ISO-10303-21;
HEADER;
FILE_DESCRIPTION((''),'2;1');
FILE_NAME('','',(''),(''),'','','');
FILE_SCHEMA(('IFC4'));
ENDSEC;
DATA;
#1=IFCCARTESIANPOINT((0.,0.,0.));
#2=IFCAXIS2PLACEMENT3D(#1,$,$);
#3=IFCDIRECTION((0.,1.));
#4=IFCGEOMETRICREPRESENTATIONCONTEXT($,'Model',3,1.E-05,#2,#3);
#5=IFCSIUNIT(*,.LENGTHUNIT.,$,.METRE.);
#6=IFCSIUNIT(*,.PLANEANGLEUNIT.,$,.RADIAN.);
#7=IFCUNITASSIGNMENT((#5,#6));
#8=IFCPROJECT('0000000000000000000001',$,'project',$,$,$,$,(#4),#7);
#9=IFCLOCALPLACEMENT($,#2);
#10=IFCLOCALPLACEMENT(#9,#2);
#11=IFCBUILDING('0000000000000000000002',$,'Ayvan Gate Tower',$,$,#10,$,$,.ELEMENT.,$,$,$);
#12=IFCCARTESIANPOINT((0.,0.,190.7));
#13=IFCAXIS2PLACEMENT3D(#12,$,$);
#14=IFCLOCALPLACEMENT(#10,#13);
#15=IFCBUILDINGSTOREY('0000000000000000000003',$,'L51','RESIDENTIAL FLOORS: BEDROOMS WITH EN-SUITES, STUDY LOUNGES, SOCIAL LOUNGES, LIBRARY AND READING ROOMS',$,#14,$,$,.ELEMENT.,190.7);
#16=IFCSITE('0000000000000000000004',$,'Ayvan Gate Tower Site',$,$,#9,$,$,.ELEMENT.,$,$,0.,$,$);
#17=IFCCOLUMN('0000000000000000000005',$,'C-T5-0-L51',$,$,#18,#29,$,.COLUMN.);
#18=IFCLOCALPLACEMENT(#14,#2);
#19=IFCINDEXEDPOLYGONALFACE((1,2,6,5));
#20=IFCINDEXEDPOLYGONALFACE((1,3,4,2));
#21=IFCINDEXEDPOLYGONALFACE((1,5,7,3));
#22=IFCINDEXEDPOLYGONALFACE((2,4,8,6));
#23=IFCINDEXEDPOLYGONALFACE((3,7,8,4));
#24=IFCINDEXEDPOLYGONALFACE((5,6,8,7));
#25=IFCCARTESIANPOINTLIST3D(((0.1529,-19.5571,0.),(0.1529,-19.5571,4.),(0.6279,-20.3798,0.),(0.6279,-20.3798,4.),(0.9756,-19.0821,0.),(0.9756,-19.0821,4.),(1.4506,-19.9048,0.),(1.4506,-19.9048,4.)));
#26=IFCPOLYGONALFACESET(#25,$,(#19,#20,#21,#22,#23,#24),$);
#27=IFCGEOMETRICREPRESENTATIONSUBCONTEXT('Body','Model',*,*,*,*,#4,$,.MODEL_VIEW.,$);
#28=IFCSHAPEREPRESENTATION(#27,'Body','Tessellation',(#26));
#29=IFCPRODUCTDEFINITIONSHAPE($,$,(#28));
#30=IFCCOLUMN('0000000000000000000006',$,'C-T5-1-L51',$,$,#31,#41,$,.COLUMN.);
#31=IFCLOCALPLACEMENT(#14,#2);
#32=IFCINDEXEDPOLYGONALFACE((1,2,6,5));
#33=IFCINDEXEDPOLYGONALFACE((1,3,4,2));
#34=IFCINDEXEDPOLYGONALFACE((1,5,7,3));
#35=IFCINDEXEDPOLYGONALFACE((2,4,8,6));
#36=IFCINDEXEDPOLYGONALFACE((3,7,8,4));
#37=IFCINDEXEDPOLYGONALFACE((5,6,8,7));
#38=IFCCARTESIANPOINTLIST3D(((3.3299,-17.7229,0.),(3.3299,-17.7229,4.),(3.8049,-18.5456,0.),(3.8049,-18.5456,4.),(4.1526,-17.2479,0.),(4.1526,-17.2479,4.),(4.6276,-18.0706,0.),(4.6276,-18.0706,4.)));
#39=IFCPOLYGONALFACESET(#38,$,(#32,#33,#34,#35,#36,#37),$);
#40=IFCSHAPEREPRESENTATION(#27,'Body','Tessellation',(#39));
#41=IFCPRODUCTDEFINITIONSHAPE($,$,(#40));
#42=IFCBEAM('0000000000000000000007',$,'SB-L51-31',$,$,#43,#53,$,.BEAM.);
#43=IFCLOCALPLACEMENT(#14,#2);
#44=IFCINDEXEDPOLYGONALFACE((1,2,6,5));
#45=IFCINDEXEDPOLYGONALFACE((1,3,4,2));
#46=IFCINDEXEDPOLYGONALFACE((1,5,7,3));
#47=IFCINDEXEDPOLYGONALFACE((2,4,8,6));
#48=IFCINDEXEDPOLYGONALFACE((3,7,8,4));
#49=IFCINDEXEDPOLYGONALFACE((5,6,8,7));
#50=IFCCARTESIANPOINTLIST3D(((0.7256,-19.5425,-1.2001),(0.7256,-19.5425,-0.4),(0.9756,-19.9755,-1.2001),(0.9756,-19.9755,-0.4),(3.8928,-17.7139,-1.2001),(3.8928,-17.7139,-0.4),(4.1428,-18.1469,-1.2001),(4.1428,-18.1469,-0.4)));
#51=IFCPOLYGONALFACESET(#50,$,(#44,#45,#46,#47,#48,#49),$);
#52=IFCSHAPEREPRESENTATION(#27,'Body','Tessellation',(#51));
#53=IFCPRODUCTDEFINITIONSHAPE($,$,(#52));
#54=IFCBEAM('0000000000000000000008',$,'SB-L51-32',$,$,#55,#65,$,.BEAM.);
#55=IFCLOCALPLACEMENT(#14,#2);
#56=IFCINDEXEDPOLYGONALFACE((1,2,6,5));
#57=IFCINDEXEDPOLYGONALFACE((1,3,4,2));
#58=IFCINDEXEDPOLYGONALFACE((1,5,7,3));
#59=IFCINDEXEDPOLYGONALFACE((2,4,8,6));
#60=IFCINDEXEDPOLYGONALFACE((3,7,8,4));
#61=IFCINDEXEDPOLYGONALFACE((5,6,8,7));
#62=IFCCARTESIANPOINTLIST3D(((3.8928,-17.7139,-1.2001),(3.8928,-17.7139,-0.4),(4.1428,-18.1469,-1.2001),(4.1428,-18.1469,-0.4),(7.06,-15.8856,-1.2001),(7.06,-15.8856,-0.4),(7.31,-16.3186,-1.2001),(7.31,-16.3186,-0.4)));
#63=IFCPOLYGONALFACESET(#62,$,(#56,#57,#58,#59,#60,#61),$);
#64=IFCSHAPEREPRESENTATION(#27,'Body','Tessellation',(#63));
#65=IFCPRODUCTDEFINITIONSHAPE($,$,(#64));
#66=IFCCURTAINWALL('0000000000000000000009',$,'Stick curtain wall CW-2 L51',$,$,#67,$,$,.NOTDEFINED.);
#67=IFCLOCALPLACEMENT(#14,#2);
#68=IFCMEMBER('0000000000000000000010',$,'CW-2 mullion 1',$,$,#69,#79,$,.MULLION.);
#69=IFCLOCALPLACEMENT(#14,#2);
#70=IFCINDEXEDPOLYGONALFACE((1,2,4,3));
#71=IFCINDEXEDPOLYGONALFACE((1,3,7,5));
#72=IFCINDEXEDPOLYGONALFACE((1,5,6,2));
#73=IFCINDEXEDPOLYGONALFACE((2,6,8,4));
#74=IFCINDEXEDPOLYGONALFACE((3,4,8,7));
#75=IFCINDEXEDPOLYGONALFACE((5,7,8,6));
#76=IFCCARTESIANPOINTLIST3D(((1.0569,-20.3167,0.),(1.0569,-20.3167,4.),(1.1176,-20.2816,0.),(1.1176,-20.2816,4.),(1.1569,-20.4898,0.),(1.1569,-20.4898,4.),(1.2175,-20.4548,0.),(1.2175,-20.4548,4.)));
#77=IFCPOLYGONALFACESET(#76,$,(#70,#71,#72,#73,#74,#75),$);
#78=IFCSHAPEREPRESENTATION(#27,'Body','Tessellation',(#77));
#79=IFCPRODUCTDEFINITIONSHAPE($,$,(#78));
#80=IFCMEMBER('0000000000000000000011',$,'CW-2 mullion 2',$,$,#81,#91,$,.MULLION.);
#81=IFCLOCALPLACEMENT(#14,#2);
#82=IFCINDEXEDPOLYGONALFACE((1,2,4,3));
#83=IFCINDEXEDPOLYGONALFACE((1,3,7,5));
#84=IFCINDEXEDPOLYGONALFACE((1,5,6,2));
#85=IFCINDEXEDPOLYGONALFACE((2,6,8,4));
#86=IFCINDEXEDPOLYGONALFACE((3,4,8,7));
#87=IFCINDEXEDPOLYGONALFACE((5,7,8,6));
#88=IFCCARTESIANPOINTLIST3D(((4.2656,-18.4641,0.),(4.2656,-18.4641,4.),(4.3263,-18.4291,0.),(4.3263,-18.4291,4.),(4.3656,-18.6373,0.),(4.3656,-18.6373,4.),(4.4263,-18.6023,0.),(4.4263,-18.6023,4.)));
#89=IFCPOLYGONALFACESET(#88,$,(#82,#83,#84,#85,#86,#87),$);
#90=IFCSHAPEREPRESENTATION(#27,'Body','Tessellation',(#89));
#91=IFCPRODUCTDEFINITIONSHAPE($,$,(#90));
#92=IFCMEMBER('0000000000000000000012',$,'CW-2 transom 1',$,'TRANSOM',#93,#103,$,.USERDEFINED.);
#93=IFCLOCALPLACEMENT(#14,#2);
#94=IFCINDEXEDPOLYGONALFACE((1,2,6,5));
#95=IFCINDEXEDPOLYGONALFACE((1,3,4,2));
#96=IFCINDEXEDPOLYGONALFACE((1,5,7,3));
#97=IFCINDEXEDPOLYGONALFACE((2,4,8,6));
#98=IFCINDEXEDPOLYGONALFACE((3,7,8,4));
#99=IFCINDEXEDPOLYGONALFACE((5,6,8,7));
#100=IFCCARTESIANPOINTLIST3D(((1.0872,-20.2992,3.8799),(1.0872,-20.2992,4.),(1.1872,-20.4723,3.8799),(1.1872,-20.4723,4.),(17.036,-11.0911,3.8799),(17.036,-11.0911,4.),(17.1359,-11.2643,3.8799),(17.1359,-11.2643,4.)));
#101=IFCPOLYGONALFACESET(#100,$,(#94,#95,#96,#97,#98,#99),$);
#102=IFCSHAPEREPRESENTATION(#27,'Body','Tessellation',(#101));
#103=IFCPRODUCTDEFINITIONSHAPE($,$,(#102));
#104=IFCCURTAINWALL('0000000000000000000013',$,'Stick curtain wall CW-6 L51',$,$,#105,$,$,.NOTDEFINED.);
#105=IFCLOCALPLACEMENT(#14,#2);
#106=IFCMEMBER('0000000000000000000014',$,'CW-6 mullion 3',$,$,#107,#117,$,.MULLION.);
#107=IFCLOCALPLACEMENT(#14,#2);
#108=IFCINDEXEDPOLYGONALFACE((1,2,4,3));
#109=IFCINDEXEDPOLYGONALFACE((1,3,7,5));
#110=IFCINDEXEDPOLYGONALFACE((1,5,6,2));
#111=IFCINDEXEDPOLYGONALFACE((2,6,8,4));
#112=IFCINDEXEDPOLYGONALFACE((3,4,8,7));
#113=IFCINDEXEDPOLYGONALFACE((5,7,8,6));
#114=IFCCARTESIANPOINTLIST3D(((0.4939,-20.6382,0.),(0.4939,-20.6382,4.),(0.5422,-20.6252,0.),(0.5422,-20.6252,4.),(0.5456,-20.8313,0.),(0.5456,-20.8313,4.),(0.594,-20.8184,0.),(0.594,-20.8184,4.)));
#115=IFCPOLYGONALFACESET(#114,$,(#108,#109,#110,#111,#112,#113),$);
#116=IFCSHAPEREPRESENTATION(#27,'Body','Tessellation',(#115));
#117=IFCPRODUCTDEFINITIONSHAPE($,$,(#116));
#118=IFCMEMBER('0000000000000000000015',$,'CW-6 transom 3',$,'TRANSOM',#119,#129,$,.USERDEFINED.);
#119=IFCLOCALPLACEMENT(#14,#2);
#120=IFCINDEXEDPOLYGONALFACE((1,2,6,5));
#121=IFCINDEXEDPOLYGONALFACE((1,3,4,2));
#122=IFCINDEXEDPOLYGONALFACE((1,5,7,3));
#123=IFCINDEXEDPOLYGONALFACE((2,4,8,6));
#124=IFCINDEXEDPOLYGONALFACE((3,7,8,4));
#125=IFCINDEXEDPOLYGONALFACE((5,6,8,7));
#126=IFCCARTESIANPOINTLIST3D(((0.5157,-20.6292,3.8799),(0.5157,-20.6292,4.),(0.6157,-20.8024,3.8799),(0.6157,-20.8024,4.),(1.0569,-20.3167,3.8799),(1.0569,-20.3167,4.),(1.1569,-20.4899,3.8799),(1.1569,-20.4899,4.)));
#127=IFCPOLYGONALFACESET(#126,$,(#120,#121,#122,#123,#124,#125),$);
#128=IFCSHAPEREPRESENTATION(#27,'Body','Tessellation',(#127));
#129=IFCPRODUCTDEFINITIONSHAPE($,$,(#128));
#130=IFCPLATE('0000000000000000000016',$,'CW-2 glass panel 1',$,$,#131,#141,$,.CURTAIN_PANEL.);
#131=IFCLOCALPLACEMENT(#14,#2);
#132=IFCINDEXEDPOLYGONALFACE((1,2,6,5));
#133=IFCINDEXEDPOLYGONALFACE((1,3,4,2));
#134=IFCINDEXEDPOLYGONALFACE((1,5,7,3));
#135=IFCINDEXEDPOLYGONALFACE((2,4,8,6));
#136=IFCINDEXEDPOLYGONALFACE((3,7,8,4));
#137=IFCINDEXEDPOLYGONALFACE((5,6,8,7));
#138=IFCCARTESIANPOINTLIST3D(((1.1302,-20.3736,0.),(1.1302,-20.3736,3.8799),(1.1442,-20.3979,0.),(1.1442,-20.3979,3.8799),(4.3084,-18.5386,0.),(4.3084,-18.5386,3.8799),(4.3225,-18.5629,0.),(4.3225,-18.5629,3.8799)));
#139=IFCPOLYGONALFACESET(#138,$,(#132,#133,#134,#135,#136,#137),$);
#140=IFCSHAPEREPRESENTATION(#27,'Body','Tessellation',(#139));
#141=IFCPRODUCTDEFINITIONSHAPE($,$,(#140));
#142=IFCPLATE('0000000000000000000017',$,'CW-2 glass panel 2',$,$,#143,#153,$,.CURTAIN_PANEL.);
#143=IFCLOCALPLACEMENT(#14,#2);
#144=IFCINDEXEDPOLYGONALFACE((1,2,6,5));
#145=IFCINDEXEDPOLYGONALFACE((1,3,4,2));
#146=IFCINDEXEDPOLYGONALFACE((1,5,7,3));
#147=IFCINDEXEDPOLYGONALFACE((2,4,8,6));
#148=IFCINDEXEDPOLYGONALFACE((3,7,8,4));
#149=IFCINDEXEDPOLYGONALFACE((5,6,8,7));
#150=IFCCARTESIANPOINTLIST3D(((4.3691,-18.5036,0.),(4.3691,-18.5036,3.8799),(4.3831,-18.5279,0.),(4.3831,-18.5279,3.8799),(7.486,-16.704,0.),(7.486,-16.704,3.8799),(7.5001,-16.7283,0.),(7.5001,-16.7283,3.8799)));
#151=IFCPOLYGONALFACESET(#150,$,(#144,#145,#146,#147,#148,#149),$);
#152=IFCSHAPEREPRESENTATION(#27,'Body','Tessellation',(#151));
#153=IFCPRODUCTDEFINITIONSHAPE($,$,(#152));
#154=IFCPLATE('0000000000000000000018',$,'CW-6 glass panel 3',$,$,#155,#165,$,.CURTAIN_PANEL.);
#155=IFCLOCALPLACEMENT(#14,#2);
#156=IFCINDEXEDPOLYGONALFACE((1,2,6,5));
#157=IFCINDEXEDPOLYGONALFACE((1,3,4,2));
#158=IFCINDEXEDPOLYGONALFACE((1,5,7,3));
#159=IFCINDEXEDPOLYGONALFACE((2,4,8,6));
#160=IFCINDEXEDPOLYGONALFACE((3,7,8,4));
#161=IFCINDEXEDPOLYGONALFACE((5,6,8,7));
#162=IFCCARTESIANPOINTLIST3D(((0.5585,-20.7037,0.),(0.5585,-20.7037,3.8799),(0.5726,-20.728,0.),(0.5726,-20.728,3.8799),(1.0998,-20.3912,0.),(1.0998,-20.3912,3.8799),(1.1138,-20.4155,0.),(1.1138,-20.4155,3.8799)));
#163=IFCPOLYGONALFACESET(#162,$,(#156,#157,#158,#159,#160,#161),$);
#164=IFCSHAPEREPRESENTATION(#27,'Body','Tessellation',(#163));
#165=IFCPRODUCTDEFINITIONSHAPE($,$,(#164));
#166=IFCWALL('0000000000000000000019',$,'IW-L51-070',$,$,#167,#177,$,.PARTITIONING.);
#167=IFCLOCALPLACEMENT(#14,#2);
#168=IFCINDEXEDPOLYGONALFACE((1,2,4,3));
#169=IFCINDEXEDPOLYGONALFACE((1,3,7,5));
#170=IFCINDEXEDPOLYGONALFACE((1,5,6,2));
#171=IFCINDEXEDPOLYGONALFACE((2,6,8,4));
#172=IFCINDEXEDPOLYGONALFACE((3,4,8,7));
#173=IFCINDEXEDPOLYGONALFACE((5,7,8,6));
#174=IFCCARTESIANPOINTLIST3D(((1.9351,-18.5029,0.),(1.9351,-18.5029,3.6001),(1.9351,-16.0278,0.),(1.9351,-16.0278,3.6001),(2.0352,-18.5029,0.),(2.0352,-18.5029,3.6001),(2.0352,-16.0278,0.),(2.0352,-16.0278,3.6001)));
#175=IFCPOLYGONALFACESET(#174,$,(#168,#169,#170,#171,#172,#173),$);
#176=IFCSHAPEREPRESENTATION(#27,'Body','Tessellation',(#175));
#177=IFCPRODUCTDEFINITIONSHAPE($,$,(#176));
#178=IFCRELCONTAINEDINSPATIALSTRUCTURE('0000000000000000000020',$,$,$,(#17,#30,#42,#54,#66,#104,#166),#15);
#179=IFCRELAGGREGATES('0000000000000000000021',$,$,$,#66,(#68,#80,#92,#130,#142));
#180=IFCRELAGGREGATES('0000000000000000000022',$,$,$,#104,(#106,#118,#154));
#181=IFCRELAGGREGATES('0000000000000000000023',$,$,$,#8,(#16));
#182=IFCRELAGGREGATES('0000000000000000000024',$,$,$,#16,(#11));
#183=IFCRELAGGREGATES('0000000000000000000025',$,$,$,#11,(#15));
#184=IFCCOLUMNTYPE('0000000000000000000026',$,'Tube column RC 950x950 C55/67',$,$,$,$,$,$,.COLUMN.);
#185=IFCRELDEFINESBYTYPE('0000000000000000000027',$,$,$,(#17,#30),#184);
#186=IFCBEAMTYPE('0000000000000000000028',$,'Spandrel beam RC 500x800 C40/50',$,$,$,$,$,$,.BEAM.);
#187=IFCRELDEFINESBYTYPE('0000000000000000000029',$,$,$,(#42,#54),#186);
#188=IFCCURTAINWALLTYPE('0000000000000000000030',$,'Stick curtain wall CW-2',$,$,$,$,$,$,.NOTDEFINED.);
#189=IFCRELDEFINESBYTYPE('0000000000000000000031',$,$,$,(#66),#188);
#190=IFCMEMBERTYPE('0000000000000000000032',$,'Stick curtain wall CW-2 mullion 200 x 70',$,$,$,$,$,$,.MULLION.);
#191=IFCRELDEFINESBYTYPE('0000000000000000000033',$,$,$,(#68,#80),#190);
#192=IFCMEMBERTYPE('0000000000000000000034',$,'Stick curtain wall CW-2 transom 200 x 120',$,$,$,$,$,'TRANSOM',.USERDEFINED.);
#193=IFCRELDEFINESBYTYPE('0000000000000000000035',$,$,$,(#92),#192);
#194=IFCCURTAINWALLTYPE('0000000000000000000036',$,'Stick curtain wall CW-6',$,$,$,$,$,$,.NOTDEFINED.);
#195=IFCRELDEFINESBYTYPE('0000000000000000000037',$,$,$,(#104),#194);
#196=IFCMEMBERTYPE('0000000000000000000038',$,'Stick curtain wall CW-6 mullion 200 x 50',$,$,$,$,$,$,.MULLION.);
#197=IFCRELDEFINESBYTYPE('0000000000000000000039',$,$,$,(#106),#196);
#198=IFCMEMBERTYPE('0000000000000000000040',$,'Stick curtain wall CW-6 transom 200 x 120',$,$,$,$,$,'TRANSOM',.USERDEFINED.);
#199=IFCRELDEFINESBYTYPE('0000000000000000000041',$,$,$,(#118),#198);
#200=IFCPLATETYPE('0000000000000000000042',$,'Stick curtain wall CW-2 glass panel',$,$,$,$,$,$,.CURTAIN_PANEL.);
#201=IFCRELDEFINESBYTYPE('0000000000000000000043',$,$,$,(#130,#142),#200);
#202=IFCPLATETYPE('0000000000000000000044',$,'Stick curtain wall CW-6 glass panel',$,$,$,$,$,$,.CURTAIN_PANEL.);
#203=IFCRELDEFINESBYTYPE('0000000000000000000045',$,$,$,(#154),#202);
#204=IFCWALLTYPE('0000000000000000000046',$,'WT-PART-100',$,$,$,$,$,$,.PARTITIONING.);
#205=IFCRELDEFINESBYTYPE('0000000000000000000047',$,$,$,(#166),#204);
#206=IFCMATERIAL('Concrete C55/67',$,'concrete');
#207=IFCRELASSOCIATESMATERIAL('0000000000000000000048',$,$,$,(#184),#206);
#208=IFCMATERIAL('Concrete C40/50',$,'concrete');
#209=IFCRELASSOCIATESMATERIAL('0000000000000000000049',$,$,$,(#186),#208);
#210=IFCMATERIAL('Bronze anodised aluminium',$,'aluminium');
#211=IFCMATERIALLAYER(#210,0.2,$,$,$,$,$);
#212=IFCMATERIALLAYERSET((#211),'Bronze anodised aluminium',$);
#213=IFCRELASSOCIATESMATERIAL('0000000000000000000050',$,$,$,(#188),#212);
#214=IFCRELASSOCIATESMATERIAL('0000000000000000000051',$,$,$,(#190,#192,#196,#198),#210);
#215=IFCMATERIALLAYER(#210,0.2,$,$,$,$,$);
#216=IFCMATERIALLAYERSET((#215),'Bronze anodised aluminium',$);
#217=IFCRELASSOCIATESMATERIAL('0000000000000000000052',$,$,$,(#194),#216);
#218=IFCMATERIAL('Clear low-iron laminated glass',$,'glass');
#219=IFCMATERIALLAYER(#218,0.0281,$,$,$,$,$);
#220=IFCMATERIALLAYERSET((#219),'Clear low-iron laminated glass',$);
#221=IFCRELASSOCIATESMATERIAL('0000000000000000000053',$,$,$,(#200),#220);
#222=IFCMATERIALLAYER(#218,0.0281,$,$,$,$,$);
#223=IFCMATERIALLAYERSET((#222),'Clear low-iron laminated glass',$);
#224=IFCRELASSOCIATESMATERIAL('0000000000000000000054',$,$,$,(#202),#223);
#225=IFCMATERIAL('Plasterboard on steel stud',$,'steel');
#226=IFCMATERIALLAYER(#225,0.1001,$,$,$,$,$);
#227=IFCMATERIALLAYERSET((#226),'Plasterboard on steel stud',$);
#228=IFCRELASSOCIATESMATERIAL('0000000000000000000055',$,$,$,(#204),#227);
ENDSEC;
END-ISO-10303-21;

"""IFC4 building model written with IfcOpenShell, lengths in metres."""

from ifc_helpers import new_model, si_unit, direction, frame, frame_2d, origin, origin_2d, place, context, subcontext, project, spatial, rectangle, extrude, material, layer, layer_set, material_profile, profile_set, type_object, element, aggregate, save


model = new_model("IFC4")

# Units and contexts
model_context = context("Model", 3, precision=1e-05, world=origin(), true_north=direction((0.0, 1.0)))
body_context = subcontext(model_context, "Body", "Model", "MODEL_VIEW")
ifc_project = project(units=[si_unit("LENGTHUNIT", "METRE"), si_unit("PLANEANGLEUNIT", "RADIAN")], contexts=[model_context])

# Site, building, storey
site_placement = place(None, origin())
site = spatial("IfcSite", under=ifc_project, at=site_placement, Name="Ayvan Gate Tower Site", CompositionType="ELEMENT", RefElevation=0.0)
building_placement = place(site_placement, origin())
building = spatial("IfcBuilding", under=site, at=building_placement, Name="Ayvan Gate Tower", CompositionType="ELEMENT")
storey_placement = place(building_placement, frame((0.0, 0.0, 190.7)))
storey = spatial("IfcBuildingStorey", under=building, at=storey_placement, Name="L51", Description="RESIDENTIAL FLOORS: BEDROOMS WITH EN-SUITES, STUDY LOUNGES, SOCIAL LOUNGES, LIBRARY AND READING ROOMS", CompositionType="ELEMENT", Elevation=190.7)

# Columns
ifc_material_1 = material(Name="Concrete C55/67", Category="concrete")
ifc_material_profile_1 = material_profile(ifc_material_1, rectangle(XDim=0.95, YDim=0.95, at=origin_2d()), Name="RC 950x950")
ifc_profile_set_1 = profile_set([ifc_material_profile_1], Name="Concrete C55/67")
column_type = type_object("IfcColumnType", Name="Tube column RC 950x950 C55/67", PredefinedType="COLUMN", material=ifc_profile_set_1)
for number, where, z_axis, x_axis, name in (
    (1, (0.8018, -19.731, 0.0), (0.0, 0.0, 1.0), (0.5, -0.866025, 0.0), "C-T5-0-L51"),
    (2, (3.9788, -17.8967, 0.0), (0.0, 0.0, 1.0), (0.5, -0.866025, 0.0), "C-T5-1-L51"),
):
    element("IfcColumn", number, at=place(storey_placement, frame(where, z_axis=z_axis, x_axis=x_axis)), inside=storey, type_object=column_type, Name=name, PredefinedType="COLUMN", context=body_context, shape_type="SweptSolid", body=[
        extrude(rectangle(XDim=0.95, YDim=0.95, at=origin_2d()), origin(), (0.0, 0.0, 1.0), 4.0),
    ])

# Beams
ifc_material_2 = material(Name="Concrete C40/50", Category="concrete")
ifc_material_profile_2 = material_profile(ifc_material_2, rectangle(XDim=0.5, YDim=0.8, at=origin_2d()), Name="RC 500x800")
ifc_profile_set_2 = profile_set([ifc_material_profile_2], Name="Concrete C40/50")
beam_type = type_object("IfcBeamType", Name="Spandrel beam RC 500x800 C40/50", PredefinedType="BEAM", material=ifc_profile_set_2)
beam_1_placement = place(storey_placement, frame((0.8506, -19.759, -0.8), z_axis=(0.866024, 0.500002, 0.0), x_axis=(-0.500002, 0.866024, 0.0)))
element("IfcBeam", 3, at=beam_1_placement, inside=storey, type_object=beam_type, Name="SB-L51-31", PredefinedType="BEAM", context=body_context, shape_type="SweptSolid", body=[
    extrude(rectangle(XDim=0.5, YDim=0.8, at=origin_2d()), origin(), (0.0, 0.0, 1.0), 3.6572),
])
beam_2_placement = place(storey_placement, frame((4.0178, -17.9304, -0.8), z_axis=(0.866053, 0.499952, 0.0), x_axis=(-0.499952, 0.866053, 0.0)))
element("IfcBeam", 4, at=beam_2_placement, inside=storey, type_object=beam_type, Name="SB-L51-32", PredefinedType="BEAM", context=body_context, shape_type="SweptSolid", body=[
    extrude(rectangle(XDim=0.5, YDim=0.8, at=origin_2d()), origin(), (0.0, 0.0, 1.0), 3.657),
])

# Curtain walls, members
ifc_material_3 = material(Name="Bronze anodised aluminium", Category="aluminium")
ifc_layer_1 = layer(ifc_material_3, 0.2)
ifc_layer_set_1 = layer_set([ifc_layer_1], Name="Bronze anodised aluminium")
curtain_wall_type_1 = type_object("IfcCurtainWallType", Name="Stick curtain wall CW-2", PredefinedType="NOTDEFINED", material=ifc_layer_set_1)
curtain_wall_1_placement = place(storey_placement, origin())
curtain_wall_1 = element("IfcCurtainWall", 5, at=curtain_wall_1_placement, inside=storey, type_object=curtain_wall_type_1, Name="Stick curtain wall CW-2 L51", PredefinedType="NOTDEFINED")
ifc_material_profile_3 = material_profile(ifc_material_3, rectangle(XDim=0.2, YDim=0.0701, at=origin_2d()), Name="Stick curtain wall CW-2 mullion 200 x 70")
ifc_profile_set_3 = profile_set([ifc_material_profile_3], Name="Bronze anodised aluminium")
member_type_1 = type_object("IfcMemberType", Name="Stick curtain wall CW-2 mullion 200 x 70", PredefinedType="MULLION", material=ifc_profile_set_3)
member_1_placement = place(storey_placement, frame((1.1372, -20.3857, 0.0), z_axis=(0.0, 0.0, 1.0), x_axis=(0.5, -0.866025, 0.0)))
member_1 = element("IfcMember", 6, at=member_1_placement, type_object=member_type_1, Name="CW-2 mullion 1", PredefinedType="MULLION", context=body_context, shape_type="SweptSolid", body=[
    extrude(rectangle(XDim=0.2, YDim=0.0701, at=origin_2d()), origin(), (0.0, 0.0, 1.0), 4.0),
])
member_2_placement = place(storey_placement, frame((4.3459, -18.5332, 0.0), z_axis=(0.0, 0.0, 1.0), x_axis=(0.5, -0.866025, 0.0)))
member_2 = element("IfcMember", 7, at=member_2_placement, type_object=member_type_1, Name="CW-2 mullion 2", PredefinedType="MULLION", context=body_context, shape_type="SweptSolid", body=[
    extrude(rectangle(XDim=0.2, YDim=0.0701, at=origin_2d()), origin(), (0.0, 0.0, 1.0), 4.0),
])
ifc_material_profile_4 = material_profile(ifc_material_3, rectangle(XDim=0.2, YDim=0.1201, at=origin_2d()), Name="Stick curtain wall CW-2 transom 200 x 120")
ifc_profile_set_4 = profile_set([ifc_material_profile_4], Name="Bronze anodised aluminium")
member_type_2 = type_object("IfcMemberType", Name="Stick curtain wall CW-2 transom 200 x 120", ElementType="TRANSOM", PredefinedType="USERDEFINED", material=ifc_profile_set_4)
member_3_placement = place(storey_placement, frame((1.1372, -20.3857, 3.9399), z_axis=(0.866025, 0.5, 0.0), x_axis=(-0.5, 0.866025, 0.0)))
member_3 = element("IfcMember", 8, at=member_3_placement, type_object=member_type_2, Name="CW-2 transom 1", ObjectType="TRANSOM", PredefinedType="USERDEFINED", context=body_context, shape_type="SweptSolid", body=[
    extrude(rectangle(XDim=0.2, YDim=0.1201, at=origin_2d()), origin(), (0.0, 0.0, 1.0), 18.416),
])
ifc_layer_2 = layer(ifc_material_3, 0.2)
ifc_layer_set_2 = layer_set([ifc_layer_2], Name="Bronze anodised aluminium")
curtain_wall_type_2 = type_object("IfcCurtainWallType", Name="Stick curtain wall CW-6", PredefinedType="NOTDEFINED", material=ifc_layer_set_2)
curtain_wall_2_placement = place(storey_placement, origin())
curtain_wall_2 = element("IfcCurtainWall", 9, at=curtain_wall_2_placement, inside=storey, type_object=curtain_wall_type_2, Name="Stick curtain wall CW-6 L51", PredefinedType="NOTDEFINED")
ifc_material_profile_5 = material_profile(ifc_material_3, rectangle(XDim=0.2, YDim=0.05, at=origin_2d()), Name="Stick curtain wall CW-6 mullion 200 x 50")
ifc_profile_set_5 = profile_set([ifc_material_profile_5], Name="Bronze anodised aluminium")
member_type_3 = type_object("IfcMemberType", Name="Stick curtain wall CW-6 mullion 200 x 50", PredefinedType="MULLION", material=ifc_profile_set_5)
member_4_placement = place(storey_placement, frame((0.5439, -20.7283, 0.0), z_axis=(0.0, 0.0, 1.0), x_axis=(0.258819, -0.965926, 0.0)))
member_4 = element("IfcMember", 10, at=member_4_placement, type_object=member_type_3, Name="CW-6 mullion 3", PredefinedType="MULLION", context=body_context, shape_type="SweptSolid", body=[
    extrude(rectangle(XDim=0.2, YDim=0.05, at=origin_2d()), origin(), (0.0, 0.0, 1.0), 4.0),
])
ifc_material_profile_6 = material_profile(ifc_material_3, rectangle(XDim=0.2, YDim=0.1201, at=origin_2d()), Name="Stick curtain wall CW-6 transom 200 x 120")
ifc_profile_set_6 = profile_set([ifc_material_profile_6], Name="Bronze anodised aluminium")
member_type_4 = type_object("IfcMemberType", Name="Stick curtain wall CW-6 transom 200 x 120", ElementType="TRANSOM", PredefinedType="USERDEFINED", material=ifc_profile_set_6)
member_5_placement = place(storey_placement, frame((0.5657, -20.7158, 3.9399), z_axis=(0.866023, 0.500004, 0.0), x_axis=(-0.500004, 0.866023, 0.0)))
member_5 = element("IfcMember", 11, at=member_5_placement, type_object=member_type_4, Name="CW-6 transom 3", ObjectType="TRANSOM", PredefinedType="USERDEFINED", context=body_context, shape_type="SweptSolid", body=[
    extrude(rectangle(XDim=0.2, YDim=0.1201, at=origin_2d()), origin(), (0.0, 0.0, 1.0), 0.625),
])

# Plates
ifc_material_4 = material(Name="Clear low-iron laminated glass", Category="glass")
ifc_layer_3 = layer(ifc_material_4, 0.0281)
ifc_layer_set_3 = layer_set([ifc_layer_3], Name="Clear low-iron laminated glass")
plate_type_1 = type_object("IfcPlateType", Name="Stick curtain wall CW-2 glass panel", PredefinedType="CURTAIN_PANEL", material=ifc_layer_set_3)
plate_1_placement = place(storey_placement, frame((2.7263, -19.4683, 0.0), z_axis=(0.0, 0.0, 1.0), x_axis=(0.866025, 0.5, 0.0)))
plate_1 = element("IfcPlate", 12, at=plate_1_placement, type_object=plate_type_1, Name="CW-2 glass panel 1", PredefinedType="CURTAIN_PANEL", context=body_context, shape_type="SweptSolid", body=[
    extrude(rectangle(XDim=3.6699, YDim=0.0281, at=origin_2d()), origin(), (0.0, 0.0, 1.0), 3.8799),
])
plate_2_placement = place(storey_placement, frame((5.9346, -17.616, 0.0), z_axis=(0.0, 0.0, 1.0), x_axis=(0.866025, 0.5, 0.0)))
plate_2 = element("IfcPlate", 13, at=plate_2_placement, type_object=plate_type_1, Name="CW-2 glass panel 2", PredefinedType="CURTAIN_PANEL", context=body_context, shape_type="SweptSolid", body=[
    extrude(rectangle(XDim=3.5991, YDim=0.0281, at=origin_2d()), origin(), (0.0, 0.0, 1.0), 3.8799),
])
aggregate(curtain_wall_1, [member_1, member_2, member_3, plate_1, plate_2])
ifc_layer_4 = layer(ifc_material_4, 0.0281)
ifc_layer_set_4 = layer_set([ifc_layer_4], Name="Clear low-iron laminated glass")
plate_type_2 = type_object("IfcPlateType", Name="Stick curtain wall CW-6 glass panel", PredefinedType="CURTAIN_PANEL", material=ifc_layer_set_4)
plate_3_placement = place(storey_placement, frame((0.8362, -20.5596, 0.0), z_axis=(0.0, 0.0, 1.0), x_axis=(0.866025, 0.5, 0.0)))
plate_3 = element("IfcPlate", 14, at=plate_3_placement, type_object=plate_type_2, Name="CW-6 glass panel 3", PredefinedType="CURTAIN_PANEL", context=body_context, shape_type="SweptSolid", body=[
    extrude(rectangle(XDim=0.625, YDim=0.0281, at=origin_2d()), origin(), (0.0, 0.0, 1.0), 3.8799),
])
aggregate(curtain_wall_2, [member_4, member_5, plate_3])

# Wall
ifc_material_5 = material(Name="Plasterboard on steel stud", Category="steel")
ifc_layer_5 = layer(ifc_material_5, 0.1001)
ifc_layer_set_5 = layer_set([ifc_layer_5], Name="Plasterboard on steel stud")
wall_type_1 = type_object("IfcWallType", Name="WT-PART-100", PredefinedType="PARTITIONING", material=ifc_layer_set_5)
wall_1_placement = place(storey_placement, frame((1.9851, -18.5029, 0.0), z_axis=(0.0, 0.0, 1.0), x_axis=(0.0, 1.0, 0.0)))
element("IfcWall", 15, at=wall_1_placement, inside=storey, type_object=wall_type_1, Name="IW-L51-070", PredefinedType="PARTITIONING", context=body_context, shape_type="SweptSolid", body=[
    extrude(rectangle(XDim=2.4751, YDim=0.1001, at=frame_2d((1.2375, 0.0))), origin(), (0.0, 0.0, 1.0), 3.6001),
])

save(model, "model.ifc")
